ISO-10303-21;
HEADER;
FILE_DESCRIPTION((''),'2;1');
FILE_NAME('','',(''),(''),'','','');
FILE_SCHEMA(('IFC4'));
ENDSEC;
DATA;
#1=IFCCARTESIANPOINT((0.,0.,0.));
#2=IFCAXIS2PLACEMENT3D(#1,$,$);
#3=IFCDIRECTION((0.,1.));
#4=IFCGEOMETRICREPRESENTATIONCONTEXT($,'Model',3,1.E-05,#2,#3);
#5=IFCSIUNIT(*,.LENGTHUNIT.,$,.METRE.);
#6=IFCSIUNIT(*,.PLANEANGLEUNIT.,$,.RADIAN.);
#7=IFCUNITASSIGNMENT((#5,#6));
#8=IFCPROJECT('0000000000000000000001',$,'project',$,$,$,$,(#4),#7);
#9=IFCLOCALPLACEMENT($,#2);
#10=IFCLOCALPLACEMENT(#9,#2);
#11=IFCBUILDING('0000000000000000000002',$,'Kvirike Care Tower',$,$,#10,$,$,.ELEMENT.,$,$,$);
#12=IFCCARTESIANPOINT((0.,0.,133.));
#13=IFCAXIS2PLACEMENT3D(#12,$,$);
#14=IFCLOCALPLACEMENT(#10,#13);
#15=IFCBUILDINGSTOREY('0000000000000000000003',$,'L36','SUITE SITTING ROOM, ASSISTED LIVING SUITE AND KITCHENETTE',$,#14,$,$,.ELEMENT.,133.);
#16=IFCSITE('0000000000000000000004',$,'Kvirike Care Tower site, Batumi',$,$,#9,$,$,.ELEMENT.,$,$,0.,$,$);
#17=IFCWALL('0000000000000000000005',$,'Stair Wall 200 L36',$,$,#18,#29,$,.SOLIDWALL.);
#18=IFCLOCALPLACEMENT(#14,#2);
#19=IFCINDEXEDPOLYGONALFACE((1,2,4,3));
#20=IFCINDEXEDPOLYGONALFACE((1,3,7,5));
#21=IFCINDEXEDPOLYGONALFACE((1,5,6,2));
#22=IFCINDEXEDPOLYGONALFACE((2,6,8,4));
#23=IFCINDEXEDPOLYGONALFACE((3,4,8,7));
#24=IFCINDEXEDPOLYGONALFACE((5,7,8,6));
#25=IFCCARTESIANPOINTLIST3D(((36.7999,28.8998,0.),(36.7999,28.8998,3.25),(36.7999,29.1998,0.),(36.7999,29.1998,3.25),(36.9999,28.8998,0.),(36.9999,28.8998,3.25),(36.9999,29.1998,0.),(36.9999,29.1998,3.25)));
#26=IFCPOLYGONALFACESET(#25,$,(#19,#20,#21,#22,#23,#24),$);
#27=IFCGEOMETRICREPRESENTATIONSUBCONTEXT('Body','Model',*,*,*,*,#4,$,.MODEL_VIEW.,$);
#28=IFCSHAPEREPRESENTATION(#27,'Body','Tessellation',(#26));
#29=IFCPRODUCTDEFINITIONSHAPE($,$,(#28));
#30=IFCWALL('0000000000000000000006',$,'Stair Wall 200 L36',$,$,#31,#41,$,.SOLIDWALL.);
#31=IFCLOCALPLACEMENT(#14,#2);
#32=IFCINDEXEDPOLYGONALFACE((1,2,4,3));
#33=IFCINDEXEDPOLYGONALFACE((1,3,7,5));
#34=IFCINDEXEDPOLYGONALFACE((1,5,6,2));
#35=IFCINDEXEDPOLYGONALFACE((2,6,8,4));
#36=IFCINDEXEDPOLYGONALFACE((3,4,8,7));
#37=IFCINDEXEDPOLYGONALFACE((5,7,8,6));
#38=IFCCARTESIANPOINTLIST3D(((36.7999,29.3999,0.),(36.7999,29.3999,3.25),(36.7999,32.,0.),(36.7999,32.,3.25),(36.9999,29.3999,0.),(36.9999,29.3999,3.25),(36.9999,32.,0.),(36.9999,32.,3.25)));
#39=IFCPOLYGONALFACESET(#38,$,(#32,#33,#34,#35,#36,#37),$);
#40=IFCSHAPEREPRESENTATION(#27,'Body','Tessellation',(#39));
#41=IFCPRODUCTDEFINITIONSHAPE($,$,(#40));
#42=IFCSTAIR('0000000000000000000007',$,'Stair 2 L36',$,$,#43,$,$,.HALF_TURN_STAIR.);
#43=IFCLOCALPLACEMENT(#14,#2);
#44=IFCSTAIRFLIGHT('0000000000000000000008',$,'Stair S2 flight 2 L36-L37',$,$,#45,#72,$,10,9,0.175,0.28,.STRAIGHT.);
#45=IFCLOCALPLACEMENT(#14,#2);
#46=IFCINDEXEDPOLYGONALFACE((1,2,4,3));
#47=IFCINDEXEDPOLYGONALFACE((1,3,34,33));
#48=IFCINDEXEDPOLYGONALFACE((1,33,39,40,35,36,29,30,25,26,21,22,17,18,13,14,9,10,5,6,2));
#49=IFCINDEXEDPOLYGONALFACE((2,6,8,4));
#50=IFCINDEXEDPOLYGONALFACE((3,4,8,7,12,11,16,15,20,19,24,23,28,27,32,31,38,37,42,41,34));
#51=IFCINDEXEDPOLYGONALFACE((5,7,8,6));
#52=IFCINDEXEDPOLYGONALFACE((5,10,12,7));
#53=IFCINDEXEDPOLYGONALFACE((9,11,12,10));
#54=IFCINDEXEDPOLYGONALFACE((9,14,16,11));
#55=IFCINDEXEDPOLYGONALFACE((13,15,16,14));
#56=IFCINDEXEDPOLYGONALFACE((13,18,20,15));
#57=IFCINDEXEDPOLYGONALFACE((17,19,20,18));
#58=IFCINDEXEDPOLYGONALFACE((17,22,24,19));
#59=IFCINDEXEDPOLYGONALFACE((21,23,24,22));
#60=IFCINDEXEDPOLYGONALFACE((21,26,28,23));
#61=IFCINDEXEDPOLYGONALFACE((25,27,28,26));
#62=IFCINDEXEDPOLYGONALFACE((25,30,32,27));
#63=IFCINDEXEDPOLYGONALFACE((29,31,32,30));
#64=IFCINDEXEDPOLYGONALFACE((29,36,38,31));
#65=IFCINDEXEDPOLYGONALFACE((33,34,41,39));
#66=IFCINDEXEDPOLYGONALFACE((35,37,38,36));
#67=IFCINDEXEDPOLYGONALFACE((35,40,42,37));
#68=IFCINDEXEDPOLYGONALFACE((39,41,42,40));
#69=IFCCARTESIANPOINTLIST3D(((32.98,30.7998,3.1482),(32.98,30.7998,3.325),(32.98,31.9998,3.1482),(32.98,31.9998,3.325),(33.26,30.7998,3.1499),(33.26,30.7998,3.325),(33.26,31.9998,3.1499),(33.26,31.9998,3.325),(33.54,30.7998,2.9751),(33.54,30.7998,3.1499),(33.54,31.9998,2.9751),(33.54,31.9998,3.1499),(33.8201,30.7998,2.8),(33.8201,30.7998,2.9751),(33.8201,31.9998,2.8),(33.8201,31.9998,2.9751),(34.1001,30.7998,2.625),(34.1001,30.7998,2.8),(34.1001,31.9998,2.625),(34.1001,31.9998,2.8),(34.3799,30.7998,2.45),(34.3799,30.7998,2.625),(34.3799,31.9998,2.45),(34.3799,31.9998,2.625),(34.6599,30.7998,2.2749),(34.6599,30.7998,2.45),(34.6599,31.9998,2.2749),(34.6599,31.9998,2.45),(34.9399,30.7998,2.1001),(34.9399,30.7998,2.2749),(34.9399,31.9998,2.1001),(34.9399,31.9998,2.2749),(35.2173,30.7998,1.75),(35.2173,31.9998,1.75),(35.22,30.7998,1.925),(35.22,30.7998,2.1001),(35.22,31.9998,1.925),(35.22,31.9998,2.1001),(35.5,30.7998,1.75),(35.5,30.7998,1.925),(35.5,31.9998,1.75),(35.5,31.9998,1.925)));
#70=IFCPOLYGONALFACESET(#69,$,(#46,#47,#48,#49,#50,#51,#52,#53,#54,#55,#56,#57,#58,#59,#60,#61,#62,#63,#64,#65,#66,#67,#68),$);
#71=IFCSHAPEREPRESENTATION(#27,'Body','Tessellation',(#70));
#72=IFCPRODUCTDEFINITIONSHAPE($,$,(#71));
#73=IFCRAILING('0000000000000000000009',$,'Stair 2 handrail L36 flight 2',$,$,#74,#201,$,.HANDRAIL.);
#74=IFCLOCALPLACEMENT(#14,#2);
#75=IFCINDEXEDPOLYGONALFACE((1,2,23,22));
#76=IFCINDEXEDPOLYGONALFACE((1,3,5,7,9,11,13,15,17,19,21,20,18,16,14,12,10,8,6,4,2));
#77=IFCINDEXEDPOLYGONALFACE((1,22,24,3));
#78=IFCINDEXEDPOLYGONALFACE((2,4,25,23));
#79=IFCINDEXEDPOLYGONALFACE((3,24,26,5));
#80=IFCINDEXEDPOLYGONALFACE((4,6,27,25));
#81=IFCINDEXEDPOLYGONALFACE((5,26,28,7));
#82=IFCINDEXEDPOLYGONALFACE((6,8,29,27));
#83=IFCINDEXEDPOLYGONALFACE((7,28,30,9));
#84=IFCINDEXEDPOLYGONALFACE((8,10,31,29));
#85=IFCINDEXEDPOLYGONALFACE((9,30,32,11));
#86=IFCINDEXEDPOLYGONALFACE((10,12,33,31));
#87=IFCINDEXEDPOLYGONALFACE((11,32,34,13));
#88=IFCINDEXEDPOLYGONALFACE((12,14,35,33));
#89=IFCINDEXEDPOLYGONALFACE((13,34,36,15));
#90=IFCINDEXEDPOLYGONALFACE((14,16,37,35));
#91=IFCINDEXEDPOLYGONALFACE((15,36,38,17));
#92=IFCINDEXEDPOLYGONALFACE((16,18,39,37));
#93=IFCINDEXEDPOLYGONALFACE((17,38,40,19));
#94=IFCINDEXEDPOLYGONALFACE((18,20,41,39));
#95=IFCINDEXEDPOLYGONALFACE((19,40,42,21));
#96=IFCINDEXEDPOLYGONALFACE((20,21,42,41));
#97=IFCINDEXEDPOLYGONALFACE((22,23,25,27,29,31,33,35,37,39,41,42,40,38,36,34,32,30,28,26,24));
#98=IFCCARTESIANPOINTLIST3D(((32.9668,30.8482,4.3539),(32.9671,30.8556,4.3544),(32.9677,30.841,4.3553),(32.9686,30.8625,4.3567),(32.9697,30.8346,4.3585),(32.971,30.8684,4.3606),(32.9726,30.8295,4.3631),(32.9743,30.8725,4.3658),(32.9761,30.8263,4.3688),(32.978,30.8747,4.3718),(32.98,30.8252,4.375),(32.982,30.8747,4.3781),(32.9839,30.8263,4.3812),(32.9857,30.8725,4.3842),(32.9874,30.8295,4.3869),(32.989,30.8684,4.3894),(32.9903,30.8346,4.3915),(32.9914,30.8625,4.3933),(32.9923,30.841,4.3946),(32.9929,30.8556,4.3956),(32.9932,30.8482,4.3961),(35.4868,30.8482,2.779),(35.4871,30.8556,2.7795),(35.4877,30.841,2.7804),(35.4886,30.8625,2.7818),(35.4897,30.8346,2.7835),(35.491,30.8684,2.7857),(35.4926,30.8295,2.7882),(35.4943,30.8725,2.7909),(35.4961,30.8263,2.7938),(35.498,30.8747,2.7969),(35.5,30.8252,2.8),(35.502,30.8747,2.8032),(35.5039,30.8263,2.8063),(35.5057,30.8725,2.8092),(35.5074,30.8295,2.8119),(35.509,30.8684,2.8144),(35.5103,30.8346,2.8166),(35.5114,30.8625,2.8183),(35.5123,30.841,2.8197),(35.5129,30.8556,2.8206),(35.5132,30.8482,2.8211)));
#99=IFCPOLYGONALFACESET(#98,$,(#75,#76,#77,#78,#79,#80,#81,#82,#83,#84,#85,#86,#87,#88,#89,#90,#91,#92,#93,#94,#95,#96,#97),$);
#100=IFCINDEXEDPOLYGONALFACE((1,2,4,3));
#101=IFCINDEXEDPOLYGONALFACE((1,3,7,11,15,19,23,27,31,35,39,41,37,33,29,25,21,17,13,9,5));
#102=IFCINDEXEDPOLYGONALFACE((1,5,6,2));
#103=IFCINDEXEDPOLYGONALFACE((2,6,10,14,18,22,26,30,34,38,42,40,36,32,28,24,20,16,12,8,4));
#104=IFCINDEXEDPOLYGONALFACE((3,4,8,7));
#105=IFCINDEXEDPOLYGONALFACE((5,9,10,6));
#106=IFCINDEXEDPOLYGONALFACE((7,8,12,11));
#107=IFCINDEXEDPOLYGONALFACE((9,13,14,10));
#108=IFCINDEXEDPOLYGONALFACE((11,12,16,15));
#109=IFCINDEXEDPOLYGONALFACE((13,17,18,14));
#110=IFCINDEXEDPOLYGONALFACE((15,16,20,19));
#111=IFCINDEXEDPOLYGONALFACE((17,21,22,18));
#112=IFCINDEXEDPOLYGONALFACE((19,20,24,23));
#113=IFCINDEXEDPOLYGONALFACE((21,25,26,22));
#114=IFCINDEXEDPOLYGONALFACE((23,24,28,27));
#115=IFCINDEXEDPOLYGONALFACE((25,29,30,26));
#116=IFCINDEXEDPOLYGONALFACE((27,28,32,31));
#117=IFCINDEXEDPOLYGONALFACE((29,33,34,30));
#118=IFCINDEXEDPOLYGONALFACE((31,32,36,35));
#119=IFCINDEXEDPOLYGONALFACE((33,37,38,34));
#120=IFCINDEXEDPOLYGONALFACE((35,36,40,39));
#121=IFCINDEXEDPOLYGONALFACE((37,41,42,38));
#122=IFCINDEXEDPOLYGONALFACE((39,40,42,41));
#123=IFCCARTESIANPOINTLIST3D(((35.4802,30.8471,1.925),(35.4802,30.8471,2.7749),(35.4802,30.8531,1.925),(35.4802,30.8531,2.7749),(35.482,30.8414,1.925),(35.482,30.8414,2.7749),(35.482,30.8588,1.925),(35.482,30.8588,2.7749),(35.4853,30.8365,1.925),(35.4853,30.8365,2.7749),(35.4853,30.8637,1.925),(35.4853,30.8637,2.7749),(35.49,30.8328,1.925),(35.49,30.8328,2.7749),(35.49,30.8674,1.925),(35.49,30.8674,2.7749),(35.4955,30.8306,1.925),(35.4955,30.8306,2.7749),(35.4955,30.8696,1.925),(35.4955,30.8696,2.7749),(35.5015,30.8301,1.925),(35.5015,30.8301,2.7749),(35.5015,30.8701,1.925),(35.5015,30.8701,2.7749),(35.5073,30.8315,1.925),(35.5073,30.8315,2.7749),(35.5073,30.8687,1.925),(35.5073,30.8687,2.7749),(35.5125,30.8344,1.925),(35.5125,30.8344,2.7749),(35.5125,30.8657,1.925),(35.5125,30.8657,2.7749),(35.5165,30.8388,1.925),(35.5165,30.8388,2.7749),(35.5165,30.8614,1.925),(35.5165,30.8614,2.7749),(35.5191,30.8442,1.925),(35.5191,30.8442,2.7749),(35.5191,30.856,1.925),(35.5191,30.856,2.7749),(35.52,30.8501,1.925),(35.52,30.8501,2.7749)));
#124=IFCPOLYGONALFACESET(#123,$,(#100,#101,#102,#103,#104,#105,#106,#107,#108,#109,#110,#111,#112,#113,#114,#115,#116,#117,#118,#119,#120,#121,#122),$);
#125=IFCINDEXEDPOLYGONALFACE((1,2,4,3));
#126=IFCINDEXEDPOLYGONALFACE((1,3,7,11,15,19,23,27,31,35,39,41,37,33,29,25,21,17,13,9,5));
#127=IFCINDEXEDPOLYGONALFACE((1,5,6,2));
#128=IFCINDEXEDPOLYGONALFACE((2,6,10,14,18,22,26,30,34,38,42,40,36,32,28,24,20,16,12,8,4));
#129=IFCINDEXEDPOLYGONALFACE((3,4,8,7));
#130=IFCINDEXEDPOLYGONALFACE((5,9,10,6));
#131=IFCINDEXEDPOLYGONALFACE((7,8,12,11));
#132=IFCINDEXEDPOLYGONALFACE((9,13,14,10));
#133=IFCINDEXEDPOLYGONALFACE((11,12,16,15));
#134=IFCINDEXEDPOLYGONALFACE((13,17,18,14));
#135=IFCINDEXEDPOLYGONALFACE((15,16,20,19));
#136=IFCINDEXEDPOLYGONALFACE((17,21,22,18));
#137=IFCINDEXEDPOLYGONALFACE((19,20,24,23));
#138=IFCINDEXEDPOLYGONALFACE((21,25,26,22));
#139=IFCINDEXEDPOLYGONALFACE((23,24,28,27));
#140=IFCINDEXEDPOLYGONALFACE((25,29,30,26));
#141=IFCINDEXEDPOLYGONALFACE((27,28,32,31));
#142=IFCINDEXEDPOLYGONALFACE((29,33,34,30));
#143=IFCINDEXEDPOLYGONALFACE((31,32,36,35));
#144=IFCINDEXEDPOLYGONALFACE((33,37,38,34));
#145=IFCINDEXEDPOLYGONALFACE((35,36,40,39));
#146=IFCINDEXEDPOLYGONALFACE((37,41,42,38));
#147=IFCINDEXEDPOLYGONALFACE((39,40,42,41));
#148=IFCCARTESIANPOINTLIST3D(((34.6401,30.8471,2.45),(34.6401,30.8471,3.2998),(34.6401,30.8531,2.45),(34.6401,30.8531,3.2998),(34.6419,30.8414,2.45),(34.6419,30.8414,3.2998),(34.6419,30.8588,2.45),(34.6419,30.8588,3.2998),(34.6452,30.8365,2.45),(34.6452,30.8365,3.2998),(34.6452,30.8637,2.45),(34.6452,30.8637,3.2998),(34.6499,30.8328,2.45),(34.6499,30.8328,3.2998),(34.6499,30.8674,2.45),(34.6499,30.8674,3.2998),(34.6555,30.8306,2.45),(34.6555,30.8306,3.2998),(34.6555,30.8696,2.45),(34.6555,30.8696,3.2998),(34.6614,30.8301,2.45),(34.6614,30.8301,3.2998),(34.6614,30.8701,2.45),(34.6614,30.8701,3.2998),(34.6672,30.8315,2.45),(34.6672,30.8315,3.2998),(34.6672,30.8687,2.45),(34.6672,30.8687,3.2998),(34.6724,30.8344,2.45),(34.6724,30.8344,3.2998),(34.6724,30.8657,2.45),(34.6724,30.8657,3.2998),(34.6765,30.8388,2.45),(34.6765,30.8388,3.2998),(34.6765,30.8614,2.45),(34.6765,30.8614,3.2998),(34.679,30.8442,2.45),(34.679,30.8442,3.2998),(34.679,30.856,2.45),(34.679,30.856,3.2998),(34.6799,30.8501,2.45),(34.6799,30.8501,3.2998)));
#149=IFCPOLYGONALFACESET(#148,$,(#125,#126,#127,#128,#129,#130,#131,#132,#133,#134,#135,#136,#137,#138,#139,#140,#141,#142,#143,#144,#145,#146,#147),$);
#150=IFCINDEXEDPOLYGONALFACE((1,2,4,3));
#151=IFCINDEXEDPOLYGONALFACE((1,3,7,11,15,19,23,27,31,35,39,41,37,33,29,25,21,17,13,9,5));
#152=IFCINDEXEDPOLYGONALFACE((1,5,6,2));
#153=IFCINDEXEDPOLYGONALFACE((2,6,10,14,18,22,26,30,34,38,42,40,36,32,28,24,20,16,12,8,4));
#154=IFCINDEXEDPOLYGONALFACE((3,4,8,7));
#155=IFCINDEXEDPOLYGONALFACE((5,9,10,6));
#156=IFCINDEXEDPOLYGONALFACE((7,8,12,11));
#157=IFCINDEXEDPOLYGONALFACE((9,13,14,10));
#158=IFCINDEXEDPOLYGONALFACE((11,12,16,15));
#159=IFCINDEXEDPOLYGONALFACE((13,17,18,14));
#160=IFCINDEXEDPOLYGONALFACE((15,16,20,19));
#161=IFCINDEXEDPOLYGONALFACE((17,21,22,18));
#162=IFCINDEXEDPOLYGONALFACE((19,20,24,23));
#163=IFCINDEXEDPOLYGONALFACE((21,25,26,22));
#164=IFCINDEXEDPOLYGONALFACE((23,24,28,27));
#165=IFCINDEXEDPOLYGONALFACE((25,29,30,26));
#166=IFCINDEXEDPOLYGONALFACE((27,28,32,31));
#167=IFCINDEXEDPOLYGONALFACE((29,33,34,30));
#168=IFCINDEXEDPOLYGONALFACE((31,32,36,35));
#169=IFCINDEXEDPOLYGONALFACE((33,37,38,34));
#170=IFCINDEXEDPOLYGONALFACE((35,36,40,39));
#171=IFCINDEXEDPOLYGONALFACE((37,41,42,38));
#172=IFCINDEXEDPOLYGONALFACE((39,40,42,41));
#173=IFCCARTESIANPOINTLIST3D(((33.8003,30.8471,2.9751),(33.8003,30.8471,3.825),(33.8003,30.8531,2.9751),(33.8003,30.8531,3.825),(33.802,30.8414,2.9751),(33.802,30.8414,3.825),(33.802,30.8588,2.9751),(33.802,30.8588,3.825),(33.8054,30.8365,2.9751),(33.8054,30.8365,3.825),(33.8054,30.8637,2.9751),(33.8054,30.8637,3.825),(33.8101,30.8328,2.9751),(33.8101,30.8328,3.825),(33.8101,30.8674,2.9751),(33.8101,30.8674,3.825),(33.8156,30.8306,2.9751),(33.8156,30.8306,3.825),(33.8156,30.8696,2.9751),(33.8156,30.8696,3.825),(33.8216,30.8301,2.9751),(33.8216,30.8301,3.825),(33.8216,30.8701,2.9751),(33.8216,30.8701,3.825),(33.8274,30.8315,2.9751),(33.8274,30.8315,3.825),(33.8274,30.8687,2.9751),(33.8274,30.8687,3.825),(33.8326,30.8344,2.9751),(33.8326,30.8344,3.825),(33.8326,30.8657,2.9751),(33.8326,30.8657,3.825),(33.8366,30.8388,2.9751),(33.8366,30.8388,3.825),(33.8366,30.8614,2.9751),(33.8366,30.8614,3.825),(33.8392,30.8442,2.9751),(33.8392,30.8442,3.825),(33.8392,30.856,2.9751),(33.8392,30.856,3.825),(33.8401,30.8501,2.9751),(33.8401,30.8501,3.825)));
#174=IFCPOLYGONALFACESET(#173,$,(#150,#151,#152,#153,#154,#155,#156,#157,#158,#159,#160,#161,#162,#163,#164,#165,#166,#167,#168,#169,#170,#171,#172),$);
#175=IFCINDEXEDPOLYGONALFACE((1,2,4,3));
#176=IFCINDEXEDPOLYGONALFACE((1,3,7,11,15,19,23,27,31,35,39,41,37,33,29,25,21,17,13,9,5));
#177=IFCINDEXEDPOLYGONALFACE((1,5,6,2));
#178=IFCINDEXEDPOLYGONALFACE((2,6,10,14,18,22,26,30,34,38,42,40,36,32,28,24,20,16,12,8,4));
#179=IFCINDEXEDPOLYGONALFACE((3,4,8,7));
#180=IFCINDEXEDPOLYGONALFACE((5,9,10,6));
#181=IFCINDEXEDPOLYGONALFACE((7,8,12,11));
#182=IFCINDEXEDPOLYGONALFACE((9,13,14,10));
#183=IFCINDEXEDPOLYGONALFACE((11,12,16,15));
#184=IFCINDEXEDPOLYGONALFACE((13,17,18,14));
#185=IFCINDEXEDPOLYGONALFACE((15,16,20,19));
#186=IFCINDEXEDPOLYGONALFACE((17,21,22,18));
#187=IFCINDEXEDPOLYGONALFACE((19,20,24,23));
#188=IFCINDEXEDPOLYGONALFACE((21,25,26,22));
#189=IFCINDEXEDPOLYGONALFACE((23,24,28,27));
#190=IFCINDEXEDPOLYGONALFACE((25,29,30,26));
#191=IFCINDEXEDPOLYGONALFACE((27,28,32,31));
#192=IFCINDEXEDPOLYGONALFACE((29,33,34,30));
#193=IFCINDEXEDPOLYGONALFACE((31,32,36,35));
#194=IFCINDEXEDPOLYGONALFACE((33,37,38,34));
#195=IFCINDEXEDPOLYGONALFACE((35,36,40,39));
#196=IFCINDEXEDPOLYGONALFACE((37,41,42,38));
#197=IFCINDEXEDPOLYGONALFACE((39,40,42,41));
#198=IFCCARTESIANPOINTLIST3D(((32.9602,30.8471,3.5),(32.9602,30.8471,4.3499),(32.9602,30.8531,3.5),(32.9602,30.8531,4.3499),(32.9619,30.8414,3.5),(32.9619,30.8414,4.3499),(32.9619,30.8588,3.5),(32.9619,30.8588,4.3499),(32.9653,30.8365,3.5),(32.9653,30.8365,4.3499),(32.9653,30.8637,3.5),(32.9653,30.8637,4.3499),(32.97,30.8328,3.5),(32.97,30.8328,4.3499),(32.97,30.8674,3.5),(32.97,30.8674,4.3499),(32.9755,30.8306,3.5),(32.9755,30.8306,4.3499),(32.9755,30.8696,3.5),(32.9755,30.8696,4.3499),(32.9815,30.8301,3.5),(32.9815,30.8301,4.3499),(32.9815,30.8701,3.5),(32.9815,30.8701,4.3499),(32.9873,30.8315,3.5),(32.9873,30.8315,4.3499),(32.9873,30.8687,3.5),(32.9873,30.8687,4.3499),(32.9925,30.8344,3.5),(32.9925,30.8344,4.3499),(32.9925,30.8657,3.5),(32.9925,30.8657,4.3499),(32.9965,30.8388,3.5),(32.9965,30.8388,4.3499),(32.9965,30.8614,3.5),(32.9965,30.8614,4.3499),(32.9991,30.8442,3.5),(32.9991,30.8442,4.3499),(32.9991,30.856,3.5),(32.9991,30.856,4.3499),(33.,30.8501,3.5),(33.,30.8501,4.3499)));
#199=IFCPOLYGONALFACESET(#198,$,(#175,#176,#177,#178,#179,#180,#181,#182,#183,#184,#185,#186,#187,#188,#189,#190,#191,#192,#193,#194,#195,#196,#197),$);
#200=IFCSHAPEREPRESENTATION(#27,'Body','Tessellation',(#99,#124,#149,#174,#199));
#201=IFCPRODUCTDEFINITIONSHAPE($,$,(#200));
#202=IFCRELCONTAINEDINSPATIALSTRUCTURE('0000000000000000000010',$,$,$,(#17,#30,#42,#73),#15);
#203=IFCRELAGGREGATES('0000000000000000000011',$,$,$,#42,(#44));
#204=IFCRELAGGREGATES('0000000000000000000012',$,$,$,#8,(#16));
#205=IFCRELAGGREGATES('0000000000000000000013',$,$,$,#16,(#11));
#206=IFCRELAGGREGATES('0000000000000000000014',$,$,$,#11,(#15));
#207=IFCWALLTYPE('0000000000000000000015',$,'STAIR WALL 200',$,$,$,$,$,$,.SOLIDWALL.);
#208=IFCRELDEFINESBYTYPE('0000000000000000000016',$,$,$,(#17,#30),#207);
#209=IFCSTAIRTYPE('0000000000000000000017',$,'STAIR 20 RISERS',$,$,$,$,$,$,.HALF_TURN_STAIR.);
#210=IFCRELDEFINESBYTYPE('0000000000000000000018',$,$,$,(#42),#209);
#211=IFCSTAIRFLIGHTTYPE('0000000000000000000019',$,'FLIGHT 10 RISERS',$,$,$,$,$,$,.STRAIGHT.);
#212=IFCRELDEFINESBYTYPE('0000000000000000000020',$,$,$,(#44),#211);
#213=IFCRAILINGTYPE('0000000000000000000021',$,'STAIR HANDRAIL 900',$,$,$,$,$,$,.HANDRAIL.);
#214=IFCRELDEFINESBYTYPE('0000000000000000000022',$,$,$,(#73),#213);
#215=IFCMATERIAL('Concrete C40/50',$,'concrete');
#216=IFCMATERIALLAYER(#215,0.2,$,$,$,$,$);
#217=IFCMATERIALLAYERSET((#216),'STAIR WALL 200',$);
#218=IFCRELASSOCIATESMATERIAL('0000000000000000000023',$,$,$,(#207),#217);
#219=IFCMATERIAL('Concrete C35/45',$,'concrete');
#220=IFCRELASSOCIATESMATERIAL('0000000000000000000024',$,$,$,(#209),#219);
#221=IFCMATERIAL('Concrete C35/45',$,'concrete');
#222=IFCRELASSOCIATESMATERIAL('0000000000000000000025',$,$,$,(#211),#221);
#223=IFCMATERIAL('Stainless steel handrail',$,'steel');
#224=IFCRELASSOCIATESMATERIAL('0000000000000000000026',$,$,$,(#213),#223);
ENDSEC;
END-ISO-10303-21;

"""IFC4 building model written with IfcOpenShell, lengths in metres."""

from ifc_helpers import new_model, si_unit, direction, frame, frame_2d, origin, origin_2d, place, context, subcontext, project, spatial, polyline, rectangle, circle, outline, extrude, material, layer, layer_set, type_object, element, aggregate, save


model = new_model("IFC4")

# Units and contexts
model_context = context("Model", 3, precision=1e-05, world=origin(), true_north=direction((0.0, 1.0)))
body_context = subcontext(model_context, "Body", "Model", "MODEL_VIEW")
ifc_project = project(units=[si_unit("LENGTHUNIT", "METRE"), si_unit("PLANEANGLEUNIT", "RADIAN")], contexts=[model_context])

# Site, building, storey
site_placement = place(None, origin())
site = spatial("IfcSite", under=ifc_project, at=site_placement, Name="Kvirike Care Tower site, Batumi", CompositionType="ELEMENT", RefElevation=0.0)
building_placement = place(site_placement, origin())
building = spatial("IfcBuilding", under=site, at=building_placement, Name="Kvirike Care Tower", CompositionType="ELEMENT")
storey_placement = place(building_placement, frame((0.0, 0.0, 133.0)))
storey = spatial("IfcBuildingStorey", under=building, at=storey_placement, Name="L36", Description="SUITE SITTING ROOM, ASSISTED LIVING SUITE AND KITCHENETTE", CompositionType="ELEMENT", Elevation=133.0)

# Walls
ifc_material_1 = material(Name="Concrete C40/50", Category="concrete")
ifc_layer_1 = layer(ifc_material_1, 0.2)
ifc_layer_set_1 = layer_set([ifc_layer_1], Name="STAIR WALL 200")
wall_type_1 = type_object("IfcWallType", Name="STAIR WALL 200", PredefinedType="SOLIDWALL", material=ifc_layer_set_1)
wall_1_placement = place(storey_placement, frame((36.8999, 28.8999, 0.0), z_axis=(0.0, 0.0, 1.0), x_axis=(0.0, 1.0, 0.0)))
element("IfcWall", 1, at=wall_1_placement, inside=storey, type_object=wall_type_1, Name="Stair Wall 200 L36", PredefinedType="SOLIDWALL", context=body_context, shape_type="SweptSolid", body=[
    extrude(rectangle(XDim=0.3, YDim=0.2, at=frame_2d((0.1499, 0.0))), origin(), (0.0, 0.0, 1.0), 3.25),
])
wall_2_placement = place(storey_placement, frame((36.8999, 29.3999, 0.0), z_axis=(0.0, 0.0, 1.0), x_axis=(0.0, 1.0, 0.0)))
element("IfcWall", 2, at=wall_2_placement, inside=storey, type_object=wall_type_1, Name="Stair Wall 200 L36", PredefinedType="SOLIDWALL", context=body_context, shape_type="SweptSolid", body=[
    extrude(rectangle(XDim=2.6001, YDim=0.2, at=frame_2d((1.3, 0.0))), origin(), (0.0, 0.0, 1.0), 3.25),
])

# Stair, stair flight
ifc_material_2 = material(Name="Concrete C35/45", Category="concrete")
stair_type = type_object("IfcStairType", Name="STAIR 20 RISERS", PredefinedType="HALF_TURN_STAIR", material=ifc_material_2)
stair_placement = place(storey_placement, origin())
stair = element("IfcStair", 3, at=stair_placement, inside=storey, type_object=stair_type, Name="Stair 2 L36", PredefinedType="HALF_TURN_STAIR")
ifc_material_3 = material(Name="Concrete C35/45", Category="concrete")
stair_flight_type = type_object("IfcStairFlightType", Name="FLIGHT 10 RISERS", PredefinedType="STRAIGHT", material=ifc_material_3)
stair_flight_placement = place(storey_placement, frame((35.5, 31.3999, 1.75), z_axis=(0.0, 0.0, 1.0), x_axis=(-1.0, 0.0, 0.0)))
stair_flight = element("IfcStairFlight", 4, at=stair_flight_placement, type_object=stair_flight_type, Name="Stair S2 flight 2 L36-L37", NumberOfRisers=10, NumberOfTreads=9, PredefinedType="STRAIGHT", RiserHeight=0.175, TreadLength=0.28, context=body_context, shape_type="SweptSolid", body=[
    extrude(outline(polyline([(0.0, 0.0), (0.0, 0.175), (0.28, 0.175), (0.28, 0.3501), (0.5601, 0.3501), (0.5601, 0.5249), (0.8401, 0.5249), (0.8401, 0.7), (1.1201, 0.7), (1.1201, 0.875), (1.3999, 0.875), (1.3999, 1.05), (1.6799, 1.05), (1.6799, 1.2251), (1.96, 1.2251), (1.96, 1.3999), (2.24, 1.3999), (2.24, 1.575), (2.52, 1.575), (2.52, 1.75), (2.52, 1.3982), (0.2827, 0.0), (0.0, 0.0)])), frame((0.0, 0.6001, 0.0), z_axis=(0.0, -1.0, 0.0), x_axis=(1.0, 0.0, 0.0)), (0.0, 0.0, 1.0), 1.2),
])
aggregate(stair, [stair_flight])

# Railing
ifc_material_4 = material(Name="Stainless steel handrail", Category="steel")
railing_type = type_object("IfcRailingType", Name="STAIR HANDRAIL 900", PredefinedType="HANDRAIL", material=ifc_material_4)
railing_placement = place(storey_placement, frame((35.5, 30.8501, 1.925)))
element("IfcRailing", 5, at=railing_placement, inside=storey, type_object=railing_type, Name="Stair 2 handrail L36 flight 2", PredefinedType="HANDRAIL", context=body_context, shape_type="SweptSolid", body=[
    extrude(circle(Radius=0.0249, at=origin_2d()), frame((0.0, 0.0, 0.875), z_axis=(-0.848008, 0.0, 0.529984), x_axis=(0.0, -1.0, 0.0)), (0.0, 0.0, 1.0), 2.9717),
    extrude(circle(Radius=0.02, at=origin_2d()), origin(), (0.0, 0.0, 1.0), 0.8499),
    extrude(circle(Radius=0.02, at=origin_2d()), frame((-0.8401, 0.0, 0.5249)), (0.0, 0.0, 1.0), 0.8499),
    extrude(circle(Radius=0.02, at=origin_2d()), frame((-1.6799, 0.0, 1.05)), (0.0, 0.0, 1.0), 0.8499),
    extrude(circle(Radius=0.02, at=origin_2d()), frame((-2.52, 0.0, 1.575)), (0.0, 0.0, 1.0), 0.8499),
])

save(model, "model.ifc")
